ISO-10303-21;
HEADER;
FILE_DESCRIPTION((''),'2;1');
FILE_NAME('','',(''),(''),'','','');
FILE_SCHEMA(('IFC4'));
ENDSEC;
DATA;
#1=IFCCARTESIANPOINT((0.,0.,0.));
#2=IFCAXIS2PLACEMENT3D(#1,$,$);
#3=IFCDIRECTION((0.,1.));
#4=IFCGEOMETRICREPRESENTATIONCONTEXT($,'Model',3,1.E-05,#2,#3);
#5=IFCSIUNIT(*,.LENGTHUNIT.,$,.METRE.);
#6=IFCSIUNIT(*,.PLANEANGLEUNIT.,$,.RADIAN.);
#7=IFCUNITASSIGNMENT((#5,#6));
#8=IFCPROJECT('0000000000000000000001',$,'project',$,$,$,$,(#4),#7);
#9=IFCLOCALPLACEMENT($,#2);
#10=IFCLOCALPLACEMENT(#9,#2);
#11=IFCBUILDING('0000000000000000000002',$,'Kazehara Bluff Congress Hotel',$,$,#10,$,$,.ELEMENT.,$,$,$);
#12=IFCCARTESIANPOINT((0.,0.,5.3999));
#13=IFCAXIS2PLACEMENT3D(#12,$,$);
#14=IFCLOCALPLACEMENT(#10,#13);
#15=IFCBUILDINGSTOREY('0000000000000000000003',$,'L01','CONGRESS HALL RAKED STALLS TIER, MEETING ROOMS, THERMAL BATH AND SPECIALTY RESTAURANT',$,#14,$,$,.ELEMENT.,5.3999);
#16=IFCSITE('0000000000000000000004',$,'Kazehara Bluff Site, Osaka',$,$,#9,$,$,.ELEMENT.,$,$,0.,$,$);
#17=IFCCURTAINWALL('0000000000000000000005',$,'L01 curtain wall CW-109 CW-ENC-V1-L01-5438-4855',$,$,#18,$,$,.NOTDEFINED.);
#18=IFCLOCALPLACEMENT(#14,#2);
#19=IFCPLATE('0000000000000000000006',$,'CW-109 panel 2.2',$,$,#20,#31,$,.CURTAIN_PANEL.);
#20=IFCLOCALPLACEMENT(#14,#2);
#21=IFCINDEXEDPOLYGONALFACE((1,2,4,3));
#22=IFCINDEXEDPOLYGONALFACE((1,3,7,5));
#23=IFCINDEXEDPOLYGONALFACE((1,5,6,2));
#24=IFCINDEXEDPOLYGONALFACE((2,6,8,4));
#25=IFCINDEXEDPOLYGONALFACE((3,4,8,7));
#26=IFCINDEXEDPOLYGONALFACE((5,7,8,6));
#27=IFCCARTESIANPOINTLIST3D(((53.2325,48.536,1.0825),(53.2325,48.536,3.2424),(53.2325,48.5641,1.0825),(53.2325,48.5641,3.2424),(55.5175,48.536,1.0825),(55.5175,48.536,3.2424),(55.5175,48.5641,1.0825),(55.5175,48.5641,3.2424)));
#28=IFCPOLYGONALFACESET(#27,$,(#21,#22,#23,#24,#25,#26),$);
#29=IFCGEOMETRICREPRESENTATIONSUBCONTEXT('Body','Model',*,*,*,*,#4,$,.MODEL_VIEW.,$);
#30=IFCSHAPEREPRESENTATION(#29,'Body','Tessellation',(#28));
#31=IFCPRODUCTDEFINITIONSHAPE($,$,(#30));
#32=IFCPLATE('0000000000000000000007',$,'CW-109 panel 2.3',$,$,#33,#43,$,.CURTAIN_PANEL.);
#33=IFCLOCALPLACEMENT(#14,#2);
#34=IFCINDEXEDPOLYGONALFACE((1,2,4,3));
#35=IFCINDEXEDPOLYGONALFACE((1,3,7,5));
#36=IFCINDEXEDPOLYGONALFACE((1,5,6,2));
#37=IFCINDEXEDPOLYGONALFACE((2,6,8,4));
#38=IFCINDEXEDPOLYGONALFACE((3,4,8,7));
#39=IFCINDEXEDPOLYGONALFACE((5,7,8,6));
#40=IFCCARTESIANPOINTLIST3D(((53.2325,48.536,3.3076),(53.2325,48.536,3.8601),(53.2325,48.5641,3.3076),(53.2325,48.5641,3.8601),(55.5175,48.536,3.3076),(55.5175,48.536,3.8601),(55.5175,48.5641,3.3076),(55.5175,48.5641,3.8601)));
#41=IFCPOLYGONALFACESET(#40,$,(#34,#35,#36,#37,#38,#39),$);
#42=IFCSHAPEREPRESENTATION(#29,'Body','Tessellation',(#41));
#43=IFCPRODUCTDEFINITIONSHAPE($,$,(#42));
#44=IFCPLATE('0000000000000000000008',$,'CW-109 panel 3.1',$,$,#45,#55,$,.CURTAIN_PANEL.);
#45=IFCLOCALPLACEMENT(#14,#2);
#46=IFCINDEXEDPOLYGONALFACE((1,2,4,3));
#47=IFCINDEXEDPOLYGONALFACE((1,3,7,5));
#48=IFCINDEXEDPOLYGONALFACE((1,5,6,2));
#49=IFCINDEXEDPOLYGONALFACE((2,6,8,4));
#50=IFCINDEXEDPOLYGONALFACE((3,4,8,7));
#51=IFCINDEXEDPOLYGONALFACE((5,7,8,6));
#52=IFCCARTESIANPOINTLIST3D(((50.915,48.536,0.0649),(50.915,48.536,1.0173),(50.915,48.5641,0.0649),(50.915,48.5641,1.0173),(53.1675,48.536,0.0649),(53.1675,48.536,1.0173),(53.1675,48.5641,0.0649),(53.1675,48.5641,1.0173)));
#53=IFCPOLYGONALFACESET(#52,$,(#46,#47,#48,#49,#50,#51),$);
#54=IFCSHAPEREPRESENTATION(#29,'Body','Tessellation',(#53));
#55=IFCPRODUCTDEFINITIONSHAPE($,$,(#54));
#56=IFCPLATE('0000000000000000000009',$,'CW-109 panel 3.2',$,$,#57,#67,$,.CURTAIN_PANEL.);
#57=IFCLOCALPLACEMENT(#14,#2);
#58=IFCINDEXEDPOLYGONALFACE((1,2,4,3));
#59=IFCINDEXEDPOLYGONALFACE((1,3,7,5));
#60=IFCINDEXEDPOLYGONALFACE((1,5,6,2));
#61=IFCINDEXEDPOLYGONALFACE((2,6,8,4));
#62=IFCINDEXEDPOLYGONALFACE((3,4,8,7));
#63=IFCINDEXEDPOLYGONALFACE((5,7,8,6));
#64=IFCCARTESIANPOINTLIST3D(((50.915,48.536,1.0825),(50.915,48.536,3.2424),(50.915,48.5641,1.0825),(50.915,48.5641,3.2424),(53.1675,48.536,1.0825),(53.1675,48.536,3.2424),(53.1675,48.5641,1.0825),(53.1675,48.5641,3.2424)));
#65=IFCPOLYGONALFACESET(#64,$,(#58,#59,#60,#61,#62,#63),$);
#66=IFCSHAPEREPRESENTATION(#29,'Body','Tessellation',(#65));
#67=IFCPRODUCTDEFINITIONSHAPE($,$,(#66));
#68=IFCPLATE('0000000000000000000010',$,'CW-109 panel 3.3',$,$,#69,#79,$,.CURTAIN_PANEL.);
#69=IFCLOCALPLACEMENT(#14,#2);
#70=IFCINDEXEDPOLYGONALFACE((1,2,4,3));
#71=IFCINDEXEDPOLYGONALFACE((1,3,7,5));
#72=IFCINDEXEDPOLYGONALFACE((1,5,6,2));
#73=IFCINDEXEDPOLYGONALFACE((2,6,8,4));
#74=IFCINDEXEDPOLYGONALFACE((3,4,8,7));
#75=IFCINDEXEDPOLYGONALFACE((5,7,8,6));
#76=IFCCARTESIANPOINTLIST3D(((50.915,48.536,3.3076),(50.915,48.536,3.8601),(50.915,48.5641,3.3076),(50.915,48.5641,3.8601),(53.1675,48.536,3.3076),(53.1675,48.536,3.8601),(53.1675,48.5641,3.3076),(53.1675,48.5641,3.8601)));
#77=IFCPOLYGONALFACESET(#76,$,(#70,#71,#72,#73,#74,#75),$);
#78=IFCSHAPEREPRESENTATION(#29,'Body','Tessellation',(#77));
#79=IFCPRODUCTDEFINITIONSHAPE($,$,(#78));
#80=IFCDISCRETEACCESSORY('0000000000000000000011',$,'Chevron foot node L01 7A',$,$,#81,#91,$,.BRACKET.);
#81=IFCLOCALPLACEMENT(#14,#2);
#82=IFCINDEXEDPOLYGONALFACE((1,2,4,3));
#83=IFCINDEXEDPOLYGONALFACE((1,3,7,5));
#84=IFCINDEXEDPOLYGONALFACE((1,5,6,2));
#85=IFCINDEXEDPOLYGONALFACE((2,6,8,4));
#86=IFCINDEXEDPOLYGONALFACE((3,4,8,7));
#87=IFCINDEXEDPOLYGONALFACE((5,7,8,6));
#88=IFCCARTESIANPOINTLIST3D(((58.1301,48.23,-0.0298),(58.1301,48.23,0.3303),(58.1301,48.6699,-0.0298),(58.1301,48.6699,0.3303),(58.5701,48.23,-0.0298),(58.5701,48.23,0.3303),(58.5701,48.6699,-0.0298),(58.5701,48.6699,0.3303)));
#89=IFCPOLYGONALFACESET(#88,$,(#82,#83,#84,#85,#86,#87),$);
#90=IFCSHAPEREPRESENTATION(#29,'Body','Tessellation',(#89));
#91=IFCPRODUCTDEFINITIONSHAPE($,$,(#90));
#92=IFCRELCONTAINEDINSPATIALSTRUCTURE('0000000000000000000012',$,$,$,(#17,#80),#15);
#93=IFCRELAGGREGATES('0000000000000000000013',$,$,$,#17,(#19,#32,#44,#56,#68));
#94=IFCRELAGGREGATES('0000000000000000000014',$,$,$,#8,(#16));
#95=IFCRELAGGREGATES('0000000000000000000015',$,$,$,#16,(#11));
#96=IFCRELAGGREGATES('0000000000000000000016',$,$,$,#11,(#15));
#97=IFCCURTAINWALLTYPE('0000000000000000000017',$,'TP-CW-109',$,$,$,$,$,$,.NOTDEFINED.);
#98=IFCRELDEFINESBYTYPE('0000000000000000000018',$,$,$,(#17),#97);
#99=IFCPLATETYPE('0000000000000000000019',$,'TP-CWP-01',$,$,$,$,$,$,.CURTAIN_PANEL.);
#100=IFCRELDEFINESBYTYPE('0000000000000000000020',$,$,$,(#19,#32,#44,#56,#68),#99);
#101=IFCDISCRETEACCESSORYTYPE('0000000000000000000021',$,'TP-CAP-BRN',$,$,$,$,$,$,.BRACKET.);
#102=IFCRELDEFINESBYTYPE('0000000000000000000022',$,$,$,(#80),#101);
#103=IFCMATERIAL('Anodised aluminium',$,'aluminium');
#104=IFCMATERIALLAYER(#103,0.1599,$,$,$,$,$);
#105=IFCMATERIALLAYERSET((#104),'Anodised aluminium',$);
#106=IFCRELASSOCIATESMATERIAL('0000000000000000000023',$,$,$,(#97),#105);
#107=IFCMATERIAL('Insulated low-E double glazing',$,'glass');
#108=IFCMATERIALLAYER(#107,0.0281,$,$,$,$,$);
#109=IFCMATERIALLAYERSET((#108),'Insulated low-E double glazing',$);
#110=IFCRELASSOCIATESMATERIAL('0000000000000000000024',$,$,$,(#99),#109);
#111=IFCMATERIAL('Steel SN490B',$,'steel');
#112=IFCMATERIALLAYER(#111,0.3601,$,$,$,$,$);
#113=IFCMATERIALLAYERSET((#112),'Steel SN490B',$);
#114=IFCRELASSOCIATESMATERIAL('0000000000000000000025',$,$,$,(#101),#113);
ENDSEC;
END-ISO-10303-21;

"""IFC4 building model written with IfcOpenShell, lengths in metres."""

from ifc_helpers import new_model, si_unit, direction, frame, origin, origin_2d, place, context, subcontext, project, spatial, rectangle, extrude, material, layer, layer_set, type_object, element, aggregate, save


model = new_model("IFC4")

# Units and contexts
model_context = context("Model", 3, precision=1e-05, world=origin(), true_north=direction((0.0, 1.0)))
body_context = subcontext(model_context, "Body", "Model", "MODEL_VIEW")
ifc_project = project(units=[si_unit("LENGTHUNIT", "METRE"), si_unit("PLANEANGLEUNIT", "RADIAN")], contexts=[model_context])

# Site, building, storey
site_placement = place(None, origin())
site = spatial("IfcSite", under=ifc_project, at=site_placement, Name="Kazehara Bluff Site, Osaka", CompositionType="ELEMENT", RefElevation=0.0)
building_placement = place(site_placement, origin())
building = spatial("IfcBuilding", under=site, at=building_placement, Name="Kazehara Bluff Congress Hotel", CompositionType="ELEMENT")
storey_placement = place(building_placement, frame((0.0, 0.0, 5.3999)))
storey = spatial("IfcBuildingStorey", under=building, at=storey_placement, Name="L01", Description="CONGRESS HALL RAKED STALLS TIER, MEETING ROOMS, THERMAL BATH AND SPECIALTY RESTAURANT", CompositionType="ELEMENT", Elevation=5.3999)

# Curtain wall
ifc_material_1 = material(Name="Anodised aluminium", Category="aluminium")
ifc_layer_1 = layer(ifc_material_1, 0.1599)
ifc_layer_set_1 = layer_set([ifc_layer_1], Name="Anodised aluminium")
curtain_wall_type_1 = type_object("IfcCurtainWallType", Name="TP-CW-109", PredefinedType="NOTDEFINED", material=ifc_layer_set_1)
curtain_wall_1_placement = place(storey_placement, origin())
curtain_wall_1 = element("IfcCurtainWall", 1, at=curtain_wall_1_placement, inside=storey, type_object=curtain_wall_type_1, Name="L01 curtain wall CW-109 CW-ENC-V1-L01-5438-4855", PredefinedType="NOTDEFINED")

# Plates
ifc_material_2 = material(Name="Insulated low-E double glazing", Category="glass")
ifc_layer_2 = layer(ifc_material_2, 0.0281)
ifc_layer_set_2 = layer_set([ifc_layer_2], Name="Insulated low-E double glazing")
plate_type = type_object("IfcPlateType", Name="TP-CWP-01", PredefinedType="CURTAIN_PANEL", material=ifc_layer_set_2)
plate_1_placement = place(storey_placement, frame((54.375, 48.55, 1.0825), z_axis=(0.0, 0.0, 1.0), x_axis=(-1.0, 0.0, 0.0)))
plate_1 = element("IfcPlate", 2, at=plate_1_placement, type_object=plate_type, Name="CW-109 panel 2.2", PredefinedType="CURTAIN_PANEL", context=body_context, shape_type="SweptSolid", body=[
    extrude(rectangle(XDim=2.2849, YDim=0.0281, at=origin_2d()), origin(), (0.0, 0.0, 1.0), 2.1599),
])
plate_2_placement = place(storey_placement, frame((54.375, 48.55, 3.3076), z_axis=(0.0, 0.0, 1.0), x_axis=(-1.0, 0.0, 0.0)))
plate_2 = element("IfcPlate", 3, at=plate_2_placement, type_object=plate_type, Name="CW-109 panel 2.3", PredefinedType="CURTAIN_PANEL", context=body_context, shape_type="SweptSolid", body=[
    extrude(rectangle(XDim=2.2849, YDim=0.0281, at=origin_2d()), origin(), (0.0, 0.0, 1.0), 0.5525),
])
plate_3_placement = place(storey_placement, frame((52.0413, 48.55, 0.0649), z_axis=(0.0, 0.0, 1.0), x_axis=(-1.0, 0.0, 0.0)))
plate_3 = element("IfcPlate", 4, at=plate_3_placement, type_object=plate_type, Name="CW-109 panel 3.1", PredefinedType="CURTAIN_PANEL", context=body_context, shape_type="SweptSolid", body=[
    extrude(rectangle(XDim=2.2524, YDim=0.0281, at=origin_2d()), origin(), (0.0, 0.0, 1.0), 0.9524),
])
plate_4_placement = place(storey_placement, frame((52.0413, 48.55, 1.0825), z_axis=(0.0, 0.0, 1.0), x_axis=(-1.0, 0.0, 0.0)))
plate_4 = element("IfcPlate", 5, at=plate_4_placement, type_object=plate_type, Name="CW-109 panel 3.2", PredefinedType="CURTAIN_PANEL", context=body_context, shape_type="SweptSolid", body=[
    extrude(rectangle(XDim=2.2524, YDim=0.0281, at=origin_2d()), origin(), (0.0, 0.0, 1.0), 2.1599),
])
plate_5_placement = place(storey_placement, frame((52.0413, 48.55, 3.3076), z_axis=(0.0, 0.0, 1.0), x_axis=(-1.0, 0.0, 0.0)))
plate_5 = element("IfcPlate", 6, at=plate_5_placement, type_object=plate_type, Name="CW-109 panel 3.3", PredefinedType="CURTAIN_PANEL", context=body_context, shape_type="SweptSolid", body=[
    extrude(rectangle(XDim=2.2524, YDim=0.0281, at=origin_2d()), origin(), (0.0, 0.0, 1.0), 0.5525),
])
aggregate(curtain_wall_1, [plate_1, plate_2, plate_3, plate_4, plate_5])

# Discrete accessory
ifc_material_3 = material(Name="Steel SN490B", Category="steel")
ifc_layer_3 = layer(ifc_material_3, 0.3601)
ifc_layer_set_3 = layer_set([ifc_layer_3], Name="Steel SN490B")
discrete_accessory_type = type_object("IfcDiscreteAccessoryType", Name="TP-CAP-BRN", PredefinedType="BRACKET", material=ifc_layer_set_3)
discrete_accessory_placement = place(storey_placement, frame((58.3501, 48.45, -0.0298), z_axis=(0.0, 0.0, 1.0), x_axis=(1.0, 0.0, 0.0)))
element("IfcDiscreteAccessory", 7, at=discrete_accessory_placement, inside=storey, type_object=discrete_accessory_type, Name="Chevron foot node L01 7A", PredefinedType="BRACKET", context=body_context, shape_type="SweptSolid", body=[
    extrude(rectangle(XDim=0.4399, YDim=0.4399, at=origin_2d()), origin(), (0.0, 0.0, 1.0), 0.3601),
])

save(model, "model.ifc")
